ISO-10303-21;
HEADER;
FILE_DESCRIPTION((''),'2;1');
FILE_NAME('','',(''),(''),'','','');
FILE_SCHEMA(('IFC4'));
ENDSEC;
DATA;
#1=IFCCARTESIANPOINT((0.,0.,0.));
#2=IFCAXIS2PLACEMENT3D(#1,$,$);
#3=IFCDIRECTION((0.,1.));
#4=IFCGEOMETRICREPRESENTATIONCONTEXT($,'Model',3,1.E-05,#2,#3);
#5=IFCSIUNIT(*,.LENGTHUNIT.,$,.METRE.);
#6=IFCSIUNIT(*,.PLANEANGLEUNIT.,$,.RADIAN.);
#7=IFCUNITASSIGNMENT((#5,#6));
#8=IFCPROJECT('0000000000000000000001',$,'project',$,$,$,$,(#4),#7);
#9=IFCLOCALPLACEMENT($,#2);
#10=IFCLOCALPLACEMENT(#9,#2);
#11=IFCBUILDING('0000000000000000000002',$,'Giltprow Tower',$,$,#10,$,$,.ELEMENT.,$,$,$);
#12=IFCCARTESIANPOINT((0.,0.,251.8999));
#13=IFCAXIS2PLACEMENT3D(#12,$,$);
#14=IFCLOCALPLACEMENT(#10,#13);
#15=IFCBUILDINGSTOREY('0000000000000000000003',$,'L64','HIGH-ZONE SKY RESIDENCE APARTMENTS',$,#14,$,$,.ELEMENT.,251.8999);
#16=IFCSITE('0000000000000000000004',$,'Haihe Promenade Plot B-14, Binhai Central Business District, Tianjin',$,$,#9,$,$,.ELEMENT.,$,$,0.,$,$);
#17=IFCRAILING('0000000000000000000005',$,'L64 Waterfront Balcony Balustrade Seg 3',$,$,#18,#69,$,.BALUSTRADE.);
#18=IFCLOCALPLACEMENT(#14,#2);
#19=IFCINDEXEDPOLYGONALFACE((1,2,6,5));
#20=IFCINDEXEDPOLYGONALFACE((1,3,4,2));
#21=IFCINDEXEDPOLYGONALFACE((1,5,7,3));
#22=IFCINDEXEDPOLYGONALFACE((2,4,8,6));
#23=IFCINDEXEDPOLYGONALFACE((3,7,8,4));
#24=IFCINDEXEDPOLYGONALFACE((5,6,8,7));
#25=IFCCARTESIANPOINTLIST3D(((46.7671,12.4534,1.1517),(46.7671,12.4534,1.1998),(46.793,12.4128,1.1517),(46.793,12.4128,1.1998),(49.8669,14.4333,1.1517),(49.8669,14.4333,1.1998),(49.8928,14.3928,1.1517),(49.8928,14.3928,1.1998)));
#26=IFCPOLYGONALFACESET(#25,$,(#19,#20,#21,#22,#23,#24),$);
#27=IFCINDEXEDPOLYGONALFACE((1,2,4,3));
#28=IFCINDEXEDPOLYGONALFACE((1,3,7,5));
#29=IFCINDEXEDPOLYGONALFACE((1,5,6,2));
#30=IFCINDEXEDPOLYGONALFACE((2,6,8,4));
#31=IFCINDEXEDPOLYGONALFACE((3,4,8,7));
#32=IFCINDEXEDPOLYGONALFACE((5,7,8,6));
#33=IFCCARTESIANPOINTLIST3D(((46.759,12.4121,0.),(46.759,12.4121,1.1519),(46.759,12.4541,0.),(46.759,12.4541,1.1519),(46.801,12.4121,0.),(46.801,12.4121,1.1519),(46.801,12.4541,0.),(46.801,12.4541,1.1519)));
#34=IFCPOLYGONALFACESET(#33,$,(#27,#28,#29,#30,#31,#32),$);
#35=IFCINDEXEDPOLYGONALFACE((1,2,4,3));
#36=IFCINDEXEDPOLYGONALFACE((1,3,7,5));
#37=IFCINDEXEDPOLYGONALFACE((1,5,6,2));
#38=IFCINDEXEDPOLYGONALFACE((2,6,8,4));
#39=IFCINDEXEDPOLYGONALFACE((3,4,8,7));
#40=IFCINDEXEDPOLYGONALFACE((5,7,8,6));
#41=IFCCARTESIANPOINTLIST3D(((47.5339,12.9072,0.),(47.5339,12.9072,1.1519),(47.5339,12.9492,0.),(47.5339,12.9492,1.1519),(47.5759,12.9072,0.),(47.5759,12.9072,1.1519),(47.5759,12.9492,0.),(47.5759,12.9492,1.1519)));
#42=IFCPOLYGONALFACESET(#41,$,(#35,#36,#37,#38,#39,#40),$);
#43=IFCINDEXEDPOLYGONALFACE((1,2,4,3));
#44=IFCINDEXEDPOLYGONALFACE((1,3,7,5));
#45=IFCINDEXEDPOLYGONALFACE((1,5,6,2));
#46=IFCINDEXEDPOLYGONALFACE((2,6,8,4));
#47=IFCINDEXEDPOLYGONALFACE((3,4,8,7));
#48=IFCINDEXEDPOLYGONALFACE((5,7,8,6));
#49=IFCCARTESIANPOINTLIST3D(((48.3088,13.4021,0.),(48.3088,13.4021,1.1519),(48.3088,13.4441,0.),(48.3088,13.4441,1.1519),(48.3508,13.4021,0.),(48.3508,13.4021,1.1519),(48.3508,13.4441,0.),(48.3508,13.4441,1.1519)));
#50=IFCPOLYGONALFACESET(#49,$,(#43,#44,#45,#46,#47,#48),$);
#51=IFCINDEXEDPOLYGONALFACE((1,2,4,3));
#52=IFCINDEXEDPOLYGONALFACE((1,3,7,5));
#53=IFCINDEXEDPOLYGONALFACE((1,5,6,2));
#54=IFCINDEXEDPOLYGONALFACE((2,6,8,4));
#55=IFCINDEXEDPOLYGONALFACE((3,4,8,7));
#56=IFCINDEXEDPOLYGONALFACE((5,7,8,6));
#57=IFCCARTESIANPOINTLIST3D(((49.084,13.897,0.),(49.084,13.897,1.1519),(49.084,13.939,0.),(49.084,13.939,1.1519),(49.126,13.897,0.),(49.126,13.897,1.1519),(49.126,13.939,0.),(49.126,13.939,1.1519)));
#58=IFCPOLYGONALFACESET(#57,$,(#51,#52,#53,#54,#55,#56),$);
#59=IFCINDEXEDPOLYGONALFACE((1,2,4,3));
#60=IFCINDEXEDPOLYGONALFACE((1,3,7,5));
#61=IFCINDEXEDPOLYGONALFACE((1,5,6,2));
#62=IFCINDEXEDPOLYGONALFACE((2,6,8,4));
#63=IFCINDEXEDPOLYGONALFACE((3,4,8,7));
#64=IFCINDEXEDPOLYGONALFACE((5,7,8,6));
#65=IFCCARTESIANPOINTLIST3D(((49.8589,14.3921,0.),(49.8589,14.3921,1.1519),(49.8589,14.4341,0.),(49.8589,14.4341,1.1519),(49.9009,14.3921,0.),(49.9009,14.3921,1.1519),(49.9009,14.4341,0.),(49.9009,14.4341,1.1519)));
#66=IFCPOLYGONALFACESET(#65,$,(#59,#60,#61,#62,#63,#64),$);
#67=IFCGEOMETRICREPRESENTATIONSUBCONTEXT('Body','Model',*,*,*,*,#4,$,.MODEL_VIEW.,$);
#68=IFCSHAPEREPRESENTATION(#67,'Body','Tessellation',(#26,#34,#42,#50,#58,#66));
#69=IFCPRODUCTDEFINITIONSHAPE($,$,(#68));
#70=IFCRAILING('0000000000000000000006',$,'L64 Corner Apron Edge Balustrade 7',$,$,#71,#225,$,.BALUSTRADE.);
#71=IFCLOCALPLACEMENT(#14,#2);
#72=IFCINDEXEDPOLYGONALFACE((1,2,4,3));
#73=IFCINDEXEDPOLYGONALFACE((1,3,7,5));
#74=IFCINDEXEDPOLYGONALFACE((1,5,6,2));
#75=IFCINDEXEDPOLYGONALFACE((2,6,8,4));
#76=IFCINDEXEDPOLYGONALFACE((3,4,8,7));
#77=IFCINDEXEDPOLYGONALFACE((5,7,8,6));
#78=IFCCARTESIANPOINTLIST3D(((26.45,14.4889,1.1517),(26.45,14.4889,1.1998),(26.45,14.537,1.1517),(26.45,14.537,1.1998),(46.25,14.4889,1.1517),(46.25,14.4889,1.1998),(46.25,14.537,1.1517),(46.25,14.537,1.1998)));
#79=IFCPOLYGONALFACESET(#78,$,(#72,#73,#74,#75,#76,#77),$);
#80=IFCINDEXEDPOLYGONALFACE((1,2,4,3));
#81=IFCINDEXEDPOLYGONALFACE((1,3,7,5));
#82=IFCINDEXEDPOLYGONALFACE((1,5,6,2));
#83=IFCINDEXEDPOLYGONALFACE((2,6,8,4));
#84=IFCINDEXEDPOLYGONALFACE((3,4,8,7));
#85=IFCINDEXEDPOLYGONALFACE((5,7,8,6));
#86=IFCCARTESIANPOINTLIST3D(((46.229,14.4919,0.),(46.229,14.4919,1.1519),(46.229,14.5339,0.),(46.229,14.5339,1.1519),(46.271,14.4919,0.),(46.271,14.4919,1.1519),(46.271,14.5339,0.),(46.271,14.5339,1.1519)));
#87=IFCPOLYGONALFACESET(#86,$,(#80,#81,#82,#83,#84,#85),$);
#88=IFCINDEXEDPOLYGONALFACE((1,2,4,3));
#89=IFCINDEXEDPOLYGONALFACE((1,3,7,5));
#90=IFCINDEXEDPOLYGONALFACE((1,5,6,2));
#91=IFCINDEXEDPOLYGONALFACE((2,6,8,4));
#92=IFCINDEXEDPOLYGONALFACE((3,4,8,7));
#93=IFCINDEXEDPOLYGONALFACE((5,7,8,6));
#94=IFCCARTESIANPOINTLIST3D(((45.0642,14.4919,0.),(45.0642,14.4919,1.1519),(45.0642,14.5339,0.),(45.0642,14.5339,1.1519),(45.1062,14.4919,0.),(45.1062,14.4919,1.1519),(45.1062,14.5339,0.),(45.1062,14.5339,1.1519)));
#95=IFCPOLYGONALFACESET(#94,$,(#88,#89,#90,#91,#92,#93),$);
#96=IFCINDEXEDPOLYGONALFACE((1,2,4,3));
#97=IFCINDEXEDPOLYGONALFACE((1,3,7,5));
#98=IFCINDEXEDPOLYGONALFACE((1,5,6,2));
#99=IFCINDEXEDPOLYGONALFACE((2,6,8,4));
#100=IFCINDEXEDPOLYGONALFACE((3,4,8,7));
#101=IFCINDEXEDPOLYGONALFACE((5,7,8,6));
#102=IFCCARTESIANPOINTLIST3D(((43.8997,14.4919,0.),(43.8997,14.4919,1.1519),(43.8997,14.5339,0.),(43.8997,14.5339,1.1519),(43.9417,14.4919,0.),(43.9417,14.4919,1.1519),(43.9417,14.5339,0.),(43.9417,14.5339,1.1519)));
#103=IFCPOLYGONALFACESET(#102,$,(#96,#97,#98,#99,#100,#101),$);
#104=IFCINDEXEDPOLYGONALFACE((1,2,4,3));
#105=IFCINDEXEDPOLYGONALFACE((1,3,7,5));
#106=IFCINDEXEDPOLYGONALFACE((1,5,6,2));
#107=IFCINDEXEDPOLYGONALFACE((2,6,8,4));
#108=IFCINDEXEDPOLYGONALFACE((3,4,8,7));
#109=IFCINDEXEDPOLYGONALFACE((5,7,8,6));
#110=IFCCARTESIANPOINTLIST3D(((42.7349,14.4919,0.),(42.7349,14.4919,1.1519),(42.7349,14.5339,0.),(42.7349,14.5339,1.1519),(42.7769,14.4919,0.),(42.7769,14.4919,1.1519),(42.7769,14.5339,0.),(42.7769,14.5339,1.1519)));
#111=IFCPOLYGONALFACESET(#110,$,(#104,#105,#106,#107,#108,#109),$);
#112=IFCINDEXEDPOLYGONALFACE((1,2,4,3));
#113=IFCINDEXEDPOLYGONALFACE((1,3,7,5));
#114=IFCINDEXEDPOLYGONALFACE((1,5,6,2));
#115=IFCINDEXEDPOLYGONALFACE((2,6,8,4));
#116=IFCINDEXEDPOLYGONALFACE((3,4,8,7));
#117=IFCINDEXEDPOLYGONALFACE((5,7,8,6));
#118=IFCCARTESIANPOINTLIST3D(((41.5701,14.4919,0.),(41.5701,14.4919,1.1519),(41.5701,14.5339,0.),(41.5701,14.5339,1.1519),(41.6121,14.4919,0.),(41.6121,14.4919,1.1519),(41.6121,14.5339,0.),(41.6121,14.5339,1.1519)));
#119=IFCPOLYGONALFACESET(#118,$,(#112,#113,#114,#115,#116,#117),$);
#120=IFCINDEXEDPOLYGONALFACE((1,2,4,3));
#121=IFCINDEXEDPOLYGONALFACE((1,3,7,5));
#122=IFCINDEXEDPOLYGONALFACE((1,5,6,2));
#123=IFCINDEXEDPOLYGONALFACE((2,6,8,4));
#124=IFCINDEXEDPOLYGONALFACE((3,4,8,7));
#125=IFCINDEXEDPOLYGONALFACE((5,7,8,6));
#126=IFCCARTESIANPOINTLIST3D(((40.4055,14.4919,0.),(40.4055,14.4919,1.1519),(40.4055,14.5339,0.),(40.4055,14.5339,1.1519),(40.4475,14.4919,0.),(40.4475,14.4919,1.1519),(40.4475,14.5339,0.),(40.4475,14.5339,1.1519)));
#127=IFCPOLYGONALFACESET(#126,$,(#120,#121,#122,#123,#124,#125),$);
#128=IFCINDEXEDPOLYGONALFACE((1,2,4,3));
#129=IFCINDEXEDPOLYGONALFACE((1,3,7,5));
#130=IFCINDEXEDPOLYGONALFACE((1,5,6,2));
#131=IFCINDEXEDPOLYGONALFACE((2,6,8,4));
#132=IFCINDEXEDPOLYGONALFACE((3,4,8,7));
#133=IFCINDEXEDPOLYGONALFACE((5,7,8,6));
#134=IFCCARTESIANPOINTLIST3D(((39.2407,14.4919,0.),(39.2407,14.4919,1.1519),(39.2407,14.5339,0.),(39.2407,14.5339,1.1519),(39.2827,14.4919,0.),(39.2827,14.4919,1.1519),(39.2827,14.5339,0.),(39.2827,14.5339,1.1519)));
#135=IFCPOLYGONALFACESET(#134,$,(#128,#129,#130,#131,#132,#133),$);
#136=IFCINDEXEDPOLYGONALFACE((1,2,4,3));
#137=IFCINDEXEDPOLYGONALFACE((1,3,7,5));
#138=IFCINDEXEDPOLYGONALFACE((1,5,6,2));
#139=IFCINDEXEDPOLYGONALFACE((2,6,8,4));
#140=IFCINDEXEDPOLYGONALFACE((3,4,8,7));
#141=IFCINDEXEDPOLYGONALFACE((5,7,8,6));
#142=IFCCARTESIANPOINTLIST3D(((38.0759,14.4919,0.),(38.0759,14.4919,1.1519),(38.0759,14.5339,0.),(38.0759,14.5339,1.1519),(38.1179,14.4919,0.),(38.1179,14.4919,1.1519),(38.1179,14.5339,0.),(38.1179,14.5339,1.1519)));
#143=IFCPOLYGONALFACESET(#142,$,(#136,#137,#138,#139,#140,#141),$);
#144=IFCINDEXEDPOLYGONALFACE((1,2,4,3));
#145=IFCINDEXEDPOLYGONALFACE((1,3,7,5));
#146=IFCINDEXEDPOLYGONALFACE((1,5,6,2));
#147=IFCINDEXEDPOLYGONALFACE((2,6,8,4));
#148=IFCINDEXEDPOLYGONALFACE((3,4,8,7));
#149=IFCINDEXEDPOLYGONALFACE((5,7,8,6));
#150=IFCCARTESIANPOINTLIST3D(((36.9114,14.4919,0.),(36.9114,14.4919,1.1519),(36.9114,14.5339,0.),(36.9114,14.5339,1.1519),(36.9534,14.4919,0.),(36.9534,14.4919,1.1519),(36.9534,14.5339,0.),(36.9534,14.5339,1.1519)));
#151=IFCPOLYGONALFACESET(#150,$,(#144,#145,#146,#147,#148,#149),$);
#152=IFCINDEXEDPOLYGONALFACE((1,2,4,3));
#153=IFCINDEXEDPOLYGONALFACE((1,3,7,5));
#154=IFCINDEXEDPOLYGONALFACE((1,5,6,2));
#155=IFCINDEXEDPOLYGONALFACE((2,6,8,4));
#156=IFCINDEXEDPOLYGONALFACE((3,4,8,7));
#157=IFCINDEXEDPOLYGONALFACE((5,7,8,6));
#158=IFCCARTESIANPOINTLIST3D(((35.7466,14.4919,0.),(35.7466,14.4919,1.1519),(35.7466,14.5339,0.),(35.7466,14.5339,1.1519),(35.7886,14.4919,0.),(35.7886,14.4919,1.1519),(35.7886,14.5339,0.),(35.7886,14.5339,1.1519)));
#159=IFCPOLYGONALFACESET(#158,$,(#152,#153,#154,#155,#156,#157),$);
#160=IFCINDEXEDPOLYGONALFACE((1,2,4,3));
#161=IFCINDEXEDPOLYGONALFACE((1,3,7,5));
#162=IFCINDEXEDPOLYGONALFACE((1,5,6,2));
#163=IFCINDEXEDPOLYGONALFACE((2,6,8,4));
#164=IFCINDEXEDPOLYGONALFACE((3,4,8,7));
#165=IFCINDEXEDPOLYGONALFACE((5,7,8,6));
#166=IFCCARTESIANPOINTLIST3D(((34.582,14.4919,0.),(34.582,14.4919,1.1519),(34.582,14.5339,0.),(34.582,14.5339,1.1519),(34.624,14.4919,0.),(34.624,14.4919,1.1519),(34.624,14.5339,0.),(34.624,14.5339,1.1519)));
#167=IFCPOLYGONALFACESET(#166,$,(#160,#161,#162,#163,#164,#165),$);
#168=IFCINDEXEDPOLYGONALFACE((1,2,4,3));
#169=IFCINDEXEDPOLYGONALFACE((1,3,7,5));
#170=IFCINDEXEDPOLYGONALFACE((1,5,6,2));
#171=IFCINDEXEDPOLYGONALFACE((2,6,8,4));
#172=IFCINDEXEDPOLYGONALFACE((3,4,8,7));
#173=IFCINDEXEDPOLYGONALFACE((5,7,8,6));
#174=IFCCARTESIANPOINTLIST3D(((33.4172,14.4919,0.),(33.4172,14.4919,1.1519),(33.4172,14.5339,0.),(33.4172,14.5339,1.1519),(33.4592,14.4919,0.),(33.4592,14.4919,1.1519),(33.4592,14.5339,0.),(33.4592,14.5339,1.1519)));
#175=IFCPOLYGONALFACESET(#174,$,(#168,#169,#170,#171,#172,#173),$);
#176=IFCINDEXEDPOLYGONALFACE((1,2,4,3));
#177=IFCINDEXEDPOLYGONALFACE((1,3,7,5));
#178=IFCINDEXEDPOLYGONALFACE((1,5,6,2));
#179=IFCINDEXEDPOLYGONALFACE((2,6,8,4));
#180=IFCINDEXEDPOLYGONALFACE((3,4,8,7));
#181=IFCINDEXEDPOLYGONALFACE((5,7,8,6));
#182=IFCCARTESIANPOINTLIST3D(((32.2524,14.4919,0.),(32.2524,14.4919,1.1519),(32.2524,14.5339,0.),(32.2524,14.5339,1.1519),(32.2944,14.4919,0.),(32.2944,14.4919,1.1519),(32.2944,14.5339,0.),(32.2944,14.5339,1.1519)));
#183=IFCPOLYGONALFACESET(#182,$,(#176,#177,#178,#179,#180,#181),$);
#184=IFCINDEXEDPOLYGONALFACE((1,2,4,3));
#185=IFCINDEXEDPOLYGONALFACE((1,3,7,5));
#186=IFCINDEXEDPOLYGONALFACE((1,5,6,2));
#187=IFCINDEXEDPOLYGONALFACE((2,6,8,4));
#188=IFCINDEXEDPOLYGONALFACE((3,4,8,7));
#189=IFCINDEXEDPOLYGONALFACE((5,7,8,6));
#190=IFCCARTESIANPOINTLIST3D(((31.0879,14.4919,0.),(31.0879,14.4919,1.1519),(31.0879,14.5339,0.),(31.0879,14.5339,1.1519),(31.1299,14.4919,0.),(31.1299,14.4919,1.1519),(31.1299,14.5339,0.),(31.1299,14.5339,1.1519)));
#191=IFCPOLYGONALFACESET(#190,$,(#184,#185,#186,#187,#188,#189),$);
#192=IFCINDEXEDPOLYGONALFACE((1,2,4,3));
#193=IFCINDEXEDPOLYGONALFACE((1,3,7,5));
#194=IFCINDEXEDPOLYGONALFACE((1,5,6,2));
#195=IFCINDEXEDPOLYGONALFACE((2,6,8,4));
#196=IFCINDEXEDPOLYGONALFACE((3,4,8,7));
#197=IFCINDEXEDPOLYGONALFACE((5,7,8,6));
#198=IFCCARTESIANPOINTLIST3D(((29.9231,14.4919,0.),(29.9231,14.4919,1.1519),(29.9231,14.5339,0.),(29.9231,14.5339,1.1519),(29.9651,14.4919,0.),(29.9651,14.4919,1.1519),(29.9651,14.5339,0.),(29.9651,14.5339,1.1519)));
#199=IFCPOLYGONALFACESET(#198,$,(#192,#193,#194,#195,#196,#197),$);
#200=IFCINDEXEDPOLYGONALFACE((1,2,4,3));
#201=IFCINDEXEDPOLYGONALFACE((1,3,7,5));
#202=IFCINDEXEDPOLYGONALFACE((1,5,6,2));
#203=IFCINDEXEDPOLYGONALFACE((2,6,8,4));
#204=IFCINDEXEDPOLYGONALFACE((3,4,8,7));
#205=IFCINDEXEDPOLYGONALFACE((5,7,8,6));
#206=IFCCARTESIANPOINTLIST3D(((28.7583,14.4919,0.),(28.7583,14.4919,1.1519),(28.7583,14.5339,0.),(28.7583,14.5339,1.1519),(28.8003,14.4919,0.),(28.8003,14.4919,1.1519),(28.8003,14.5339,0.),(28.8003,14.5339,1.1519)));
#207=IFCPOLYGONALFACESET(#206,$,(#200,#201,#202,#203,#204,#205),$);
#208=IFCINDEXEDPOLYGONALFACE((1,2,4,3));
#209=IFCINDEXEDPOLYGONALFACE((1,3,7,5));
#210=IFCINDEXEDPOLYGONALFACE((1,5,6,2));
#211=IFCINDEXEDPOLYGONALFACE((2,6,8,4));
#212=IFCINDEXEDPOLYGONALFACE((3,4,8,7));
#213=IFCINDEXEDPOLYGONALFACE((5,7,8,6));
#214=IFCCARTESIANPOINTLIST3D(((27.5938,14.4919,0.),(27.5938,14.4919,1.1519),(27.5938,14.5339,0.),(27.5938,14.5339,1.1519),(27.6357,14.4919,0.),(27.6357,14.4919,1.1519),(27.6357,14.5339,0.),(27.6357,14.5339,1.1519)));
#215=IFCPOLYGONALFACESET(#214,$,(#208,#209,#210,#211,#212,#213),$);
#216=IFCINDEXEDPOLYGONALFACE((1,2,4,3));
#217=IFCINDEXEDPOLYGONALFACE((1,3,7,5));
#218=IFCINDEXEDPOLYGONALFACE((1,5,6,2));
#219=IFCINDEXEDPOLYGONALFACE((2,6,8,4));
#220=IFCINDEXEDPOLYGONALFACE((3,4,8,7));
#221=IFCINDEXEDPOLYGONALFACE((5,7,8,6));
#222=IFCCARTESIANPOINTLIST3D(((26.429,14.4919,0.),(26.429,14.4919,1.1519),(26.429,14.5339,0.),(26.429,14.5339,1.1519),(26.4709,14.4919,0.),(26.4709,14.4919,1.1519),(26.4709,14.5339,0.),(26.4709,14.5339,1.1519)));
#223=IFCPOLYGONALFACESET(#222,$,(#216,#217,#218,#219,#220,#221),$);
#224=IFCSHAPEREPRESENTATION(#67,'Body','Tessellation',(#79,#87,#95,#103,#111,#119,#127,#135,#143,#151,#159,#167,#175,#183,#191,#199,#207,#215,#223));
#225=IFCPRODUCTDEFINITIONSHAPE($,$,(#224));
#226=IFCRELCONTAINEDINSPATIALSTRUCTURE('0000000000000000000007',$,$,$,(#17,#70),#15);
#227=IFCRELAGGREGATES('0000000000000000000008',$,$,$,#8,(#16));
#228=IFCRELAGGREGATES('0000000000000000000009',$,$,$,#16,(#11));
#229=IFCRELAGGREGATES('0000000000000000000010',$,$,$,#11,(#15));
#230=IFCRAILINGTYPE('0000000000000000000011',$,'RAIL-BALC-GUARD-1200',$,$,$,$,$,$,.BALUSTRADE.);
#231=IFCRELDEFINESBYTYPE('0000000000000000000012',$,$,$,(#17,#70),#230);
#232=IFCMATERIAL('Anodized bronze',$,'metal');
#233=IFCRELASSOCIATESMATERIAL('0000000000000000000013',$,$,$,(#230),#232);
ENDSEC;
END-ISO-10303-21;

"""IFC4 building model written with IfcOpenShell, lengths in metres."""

from ifc_helpers import new_model, si_unit, direction, frame, origin, origin_2d, place, context, subcontext, project, spatial, rectangle, extrude, material, type_object, element, save


model = new_model("IFC4")

# Units and contexts
model_context = context("Model", 3, precision=1e-05, world=origin(), true_north=direction((0.0, 1.0)))
body_context = subcontext(model_context, "Body", "Model", "MODEL_VIEW")
ifc_project = project(units=[si_unit("LENGTHUNIT", "METRE"), si_unit("PLANEANGLEUNIT", "RADIAN")], contexts=[model_context])

# Site, building, storey
site_placement = place(None, origin())
site = spatial("IfcSite", under=ifc_project, at=site_placement, Name="Haihe Promenade Plot B-14, Binhai Central Business District, Tianjin", CompositionType="ELEMENT", RefElevation=0.0)
building_placement = place(site_placement, origin())
building = spatial("IfcBuilding", under=site, at=building_placement, Name="Giltprow Tower", CompositionType="ELEMENT")
storey_placement = place(building_placement, frame((0.0, 0.0, 251.8999)))
storey = spatial("IfcBuildingStorey", under=building, at=storey_placement, Name="L64", Description="HIGH-ZONE SKY RESIDENCE APARTMENTS", CompositionType="ELEMENT", Elevation=251.8999)

# Shared definitions
ifc_material_1 = material(Name="Anodized bronze", Category="metal")

# Railings
railing_type = type_object("IfcRailingType", Name="RAIL-BALC-GUARD-1200", PredefinedType="BALUSTRADE", material=ifc_material_1)
railing_1_placement = place(storey_placement, frame((46.78, 12.4331, 0.0)))
element("IfcRailing", 1, at=railing_1_placement, inside=storey, type_object=railing_type, Name="L64 Waterfront Balcony Balustrade Seg 3", PredefinedType="BALUSTRADE", context=body_context, shape_type="SweptSolid", body=[
    extrude(rectangle(XDim=0.0481, YDim=0.0481, at=origin_2d()), frame((0.0, 0.0, 1.1758), z_axis=(0.842756, 0.538296, 0.0), x_axis=(-0.538296, 0.842756, 0.0)), (0.0, 0.0, 1.0), 3.6782),
    extrude(rectangle(XDim=0.042, YDim=0.042, at=origin_2d()), origin(), (0.0, 0.0, 1.0), 1.1519),
    extrude(rectangle(XDim=0.042, YDim=0.042, at=origin_2d()), frame((0.7749, 0.4951, 0.0)), (0.0, 0.0, 1.0), 1.1519),
    extrude(rectangle(XDim=0.042, YDim=0.042, at=origin_2d()), frame((1.5498, 0.99, 0.0)), (0.0, 0.0, 1.0), 1.1519),
    extrude(rectangle(XDim=0.042, YDim=0.042, at=origin_2d()), frame((2.325, 1.4849, 0.0)), (0.0, 0.0, 1.0), 1.1519),
    extrude(rectangle(XDim=0.042, YDim=0.042, at=origin_2d()), frame((3.0999, 1.98, 0.0)), (0.0, 0.0, 1.0), 1.1519),
])
railing_2_placement = place(storey_placement, frame((46.25, 14.5129, 0.0)))
element("IfcRailing", 2, at=railing_2_placement, inside=storey, type_object=railing_type, Name="L64 Corner Apron Edge Balustrade 7", PredefinedType="BALUSTRADE", context=body_context, shape_type="SweptSolid", body=[
    extrude(rectangle(XDim=0.0481, YDim=0.0481, at=origin_2d()), frame((0.0, 0.0, 1.1758), z_axis=(-1.0, 0.0, 0.0), x_axis=(0.0, -1.0, 0.0)), (0.0, 0.0, 1.0), 19.8),
    extrude(rectangle(XDim=0.042, YDim=0.042, at=origin_2d()), origin(), (0.0, 0.0, 1.0), 1.1519),
    extrude(rectangle(XDim=0.042, YDim=0.042, at=origin_2d()), frame((-1.1648, 0.0, 0.0)), (0.0, 0.0, 1.0), 1.1519),
    extrude(rectangle(XDim=0.042, YDim=0.042, at=origin_2d()), frame((-2.3293, 0.0, 0.0)), (0.0, 0.0, 1.0), 1.1519),
    extrude(rectangle(XDim=0.042, YDim=0.042, at=origin_2d()), frame((-3.4941, 0.0, 0.0)), (0.0, 0.0, 1.0), 1.1519),
    extrude(rectangle(XDim=0.042, YDim=0.042, at=origin_2d()), frame((-4.6589, 0.0, 0.0)), (0.0, 0.0, 1.0), 1.1519),
    extrude(rectangle(XDim=0.042, YDim=0.042, at=origin_2d()), frame((-5.8235, 0.0, 0.0)), (0.0, 0.0, 1.0), 1.1519),
    extrude(rectangle(XDim=0.042, YDim=0.042, at=origin_2d()), frame((-6.9883, 0.0, 0.0)), (0.0, 0.0, 1.0), 1.1519),
    extrude(rectangle(XDim=0.042, YDim=0.042, at=origin_2d()), frame((-8.1531, 0.0, 0.0)), (0.0, 0.0, 1.0), 1.1519),
    extrude(rectangle(XDim=0.042, YDim=0.042, at=origin_2d()), frame((-9.3176, 0.0, 0.0)), (0.0, 0.0, 1.0), 1.1519),
    extrude(rectangle(XDim=0.042, YDim=0.042, at=origin_2d()), frame((-10.4824, 0.0, 0.0)), (0.0, 0.0, 1.0), 1.1519),
    extrude(rectangle(XDim=0.042, YDim=0.042, at=origin_2d()), frame((-11.647, 0.0, 0.0)), (0.0, 0.0, 1.0), 1.1519),
    extrude(rectangle(XDim=0.042, YDim=0.042, at=origin_2d()), frame((-12.8118, 0.0, 0.0)), (0.0, 0.0, 1.0), 1.1519),
    extrude(rectangle(XDim=0.042, YDim=0.042, at=origin_2d()), frame((-13.9766, 0.0, 0.0)), (0.0, 0.0, 1.0), 1.1519),
    extrude(rectangle(XDim=0.042, YDim=0.042, at=origin_2d()), frame((-15.1411, 0.0, 0.0)), (0.0, 0.0, 1.0), 1.1519),
    extrude(rectangle(XDim=0.042, YDim=0.042, at=origin_2d()), frame((-16.3059, 0.0, 0.0)), (0.0, 0.0, 1.0), 1.1519),
    extrude(rectangle(XDim=0.042, YDim=0.042, at=origin_2d()), frame((-17.4707, 0.0, 0.0)), (0.0, 0.0, 1.0), 1.1519),
    extrude(rectangle(XDim=0.042, YDim=0.042, at=origin_2d()), frame((-18.6353, 0.0, 0.0)), (0.0, 0.0, 1.0), 1.1519),
    extrude(rectangle(XDim=0.042, YDim=0.042, at=origin_2d()), frame((-19.8, 0.0, 0.0)), (0.0, 0.0, 1.0), 1.1519),
])

save(model, "model.ifc")
